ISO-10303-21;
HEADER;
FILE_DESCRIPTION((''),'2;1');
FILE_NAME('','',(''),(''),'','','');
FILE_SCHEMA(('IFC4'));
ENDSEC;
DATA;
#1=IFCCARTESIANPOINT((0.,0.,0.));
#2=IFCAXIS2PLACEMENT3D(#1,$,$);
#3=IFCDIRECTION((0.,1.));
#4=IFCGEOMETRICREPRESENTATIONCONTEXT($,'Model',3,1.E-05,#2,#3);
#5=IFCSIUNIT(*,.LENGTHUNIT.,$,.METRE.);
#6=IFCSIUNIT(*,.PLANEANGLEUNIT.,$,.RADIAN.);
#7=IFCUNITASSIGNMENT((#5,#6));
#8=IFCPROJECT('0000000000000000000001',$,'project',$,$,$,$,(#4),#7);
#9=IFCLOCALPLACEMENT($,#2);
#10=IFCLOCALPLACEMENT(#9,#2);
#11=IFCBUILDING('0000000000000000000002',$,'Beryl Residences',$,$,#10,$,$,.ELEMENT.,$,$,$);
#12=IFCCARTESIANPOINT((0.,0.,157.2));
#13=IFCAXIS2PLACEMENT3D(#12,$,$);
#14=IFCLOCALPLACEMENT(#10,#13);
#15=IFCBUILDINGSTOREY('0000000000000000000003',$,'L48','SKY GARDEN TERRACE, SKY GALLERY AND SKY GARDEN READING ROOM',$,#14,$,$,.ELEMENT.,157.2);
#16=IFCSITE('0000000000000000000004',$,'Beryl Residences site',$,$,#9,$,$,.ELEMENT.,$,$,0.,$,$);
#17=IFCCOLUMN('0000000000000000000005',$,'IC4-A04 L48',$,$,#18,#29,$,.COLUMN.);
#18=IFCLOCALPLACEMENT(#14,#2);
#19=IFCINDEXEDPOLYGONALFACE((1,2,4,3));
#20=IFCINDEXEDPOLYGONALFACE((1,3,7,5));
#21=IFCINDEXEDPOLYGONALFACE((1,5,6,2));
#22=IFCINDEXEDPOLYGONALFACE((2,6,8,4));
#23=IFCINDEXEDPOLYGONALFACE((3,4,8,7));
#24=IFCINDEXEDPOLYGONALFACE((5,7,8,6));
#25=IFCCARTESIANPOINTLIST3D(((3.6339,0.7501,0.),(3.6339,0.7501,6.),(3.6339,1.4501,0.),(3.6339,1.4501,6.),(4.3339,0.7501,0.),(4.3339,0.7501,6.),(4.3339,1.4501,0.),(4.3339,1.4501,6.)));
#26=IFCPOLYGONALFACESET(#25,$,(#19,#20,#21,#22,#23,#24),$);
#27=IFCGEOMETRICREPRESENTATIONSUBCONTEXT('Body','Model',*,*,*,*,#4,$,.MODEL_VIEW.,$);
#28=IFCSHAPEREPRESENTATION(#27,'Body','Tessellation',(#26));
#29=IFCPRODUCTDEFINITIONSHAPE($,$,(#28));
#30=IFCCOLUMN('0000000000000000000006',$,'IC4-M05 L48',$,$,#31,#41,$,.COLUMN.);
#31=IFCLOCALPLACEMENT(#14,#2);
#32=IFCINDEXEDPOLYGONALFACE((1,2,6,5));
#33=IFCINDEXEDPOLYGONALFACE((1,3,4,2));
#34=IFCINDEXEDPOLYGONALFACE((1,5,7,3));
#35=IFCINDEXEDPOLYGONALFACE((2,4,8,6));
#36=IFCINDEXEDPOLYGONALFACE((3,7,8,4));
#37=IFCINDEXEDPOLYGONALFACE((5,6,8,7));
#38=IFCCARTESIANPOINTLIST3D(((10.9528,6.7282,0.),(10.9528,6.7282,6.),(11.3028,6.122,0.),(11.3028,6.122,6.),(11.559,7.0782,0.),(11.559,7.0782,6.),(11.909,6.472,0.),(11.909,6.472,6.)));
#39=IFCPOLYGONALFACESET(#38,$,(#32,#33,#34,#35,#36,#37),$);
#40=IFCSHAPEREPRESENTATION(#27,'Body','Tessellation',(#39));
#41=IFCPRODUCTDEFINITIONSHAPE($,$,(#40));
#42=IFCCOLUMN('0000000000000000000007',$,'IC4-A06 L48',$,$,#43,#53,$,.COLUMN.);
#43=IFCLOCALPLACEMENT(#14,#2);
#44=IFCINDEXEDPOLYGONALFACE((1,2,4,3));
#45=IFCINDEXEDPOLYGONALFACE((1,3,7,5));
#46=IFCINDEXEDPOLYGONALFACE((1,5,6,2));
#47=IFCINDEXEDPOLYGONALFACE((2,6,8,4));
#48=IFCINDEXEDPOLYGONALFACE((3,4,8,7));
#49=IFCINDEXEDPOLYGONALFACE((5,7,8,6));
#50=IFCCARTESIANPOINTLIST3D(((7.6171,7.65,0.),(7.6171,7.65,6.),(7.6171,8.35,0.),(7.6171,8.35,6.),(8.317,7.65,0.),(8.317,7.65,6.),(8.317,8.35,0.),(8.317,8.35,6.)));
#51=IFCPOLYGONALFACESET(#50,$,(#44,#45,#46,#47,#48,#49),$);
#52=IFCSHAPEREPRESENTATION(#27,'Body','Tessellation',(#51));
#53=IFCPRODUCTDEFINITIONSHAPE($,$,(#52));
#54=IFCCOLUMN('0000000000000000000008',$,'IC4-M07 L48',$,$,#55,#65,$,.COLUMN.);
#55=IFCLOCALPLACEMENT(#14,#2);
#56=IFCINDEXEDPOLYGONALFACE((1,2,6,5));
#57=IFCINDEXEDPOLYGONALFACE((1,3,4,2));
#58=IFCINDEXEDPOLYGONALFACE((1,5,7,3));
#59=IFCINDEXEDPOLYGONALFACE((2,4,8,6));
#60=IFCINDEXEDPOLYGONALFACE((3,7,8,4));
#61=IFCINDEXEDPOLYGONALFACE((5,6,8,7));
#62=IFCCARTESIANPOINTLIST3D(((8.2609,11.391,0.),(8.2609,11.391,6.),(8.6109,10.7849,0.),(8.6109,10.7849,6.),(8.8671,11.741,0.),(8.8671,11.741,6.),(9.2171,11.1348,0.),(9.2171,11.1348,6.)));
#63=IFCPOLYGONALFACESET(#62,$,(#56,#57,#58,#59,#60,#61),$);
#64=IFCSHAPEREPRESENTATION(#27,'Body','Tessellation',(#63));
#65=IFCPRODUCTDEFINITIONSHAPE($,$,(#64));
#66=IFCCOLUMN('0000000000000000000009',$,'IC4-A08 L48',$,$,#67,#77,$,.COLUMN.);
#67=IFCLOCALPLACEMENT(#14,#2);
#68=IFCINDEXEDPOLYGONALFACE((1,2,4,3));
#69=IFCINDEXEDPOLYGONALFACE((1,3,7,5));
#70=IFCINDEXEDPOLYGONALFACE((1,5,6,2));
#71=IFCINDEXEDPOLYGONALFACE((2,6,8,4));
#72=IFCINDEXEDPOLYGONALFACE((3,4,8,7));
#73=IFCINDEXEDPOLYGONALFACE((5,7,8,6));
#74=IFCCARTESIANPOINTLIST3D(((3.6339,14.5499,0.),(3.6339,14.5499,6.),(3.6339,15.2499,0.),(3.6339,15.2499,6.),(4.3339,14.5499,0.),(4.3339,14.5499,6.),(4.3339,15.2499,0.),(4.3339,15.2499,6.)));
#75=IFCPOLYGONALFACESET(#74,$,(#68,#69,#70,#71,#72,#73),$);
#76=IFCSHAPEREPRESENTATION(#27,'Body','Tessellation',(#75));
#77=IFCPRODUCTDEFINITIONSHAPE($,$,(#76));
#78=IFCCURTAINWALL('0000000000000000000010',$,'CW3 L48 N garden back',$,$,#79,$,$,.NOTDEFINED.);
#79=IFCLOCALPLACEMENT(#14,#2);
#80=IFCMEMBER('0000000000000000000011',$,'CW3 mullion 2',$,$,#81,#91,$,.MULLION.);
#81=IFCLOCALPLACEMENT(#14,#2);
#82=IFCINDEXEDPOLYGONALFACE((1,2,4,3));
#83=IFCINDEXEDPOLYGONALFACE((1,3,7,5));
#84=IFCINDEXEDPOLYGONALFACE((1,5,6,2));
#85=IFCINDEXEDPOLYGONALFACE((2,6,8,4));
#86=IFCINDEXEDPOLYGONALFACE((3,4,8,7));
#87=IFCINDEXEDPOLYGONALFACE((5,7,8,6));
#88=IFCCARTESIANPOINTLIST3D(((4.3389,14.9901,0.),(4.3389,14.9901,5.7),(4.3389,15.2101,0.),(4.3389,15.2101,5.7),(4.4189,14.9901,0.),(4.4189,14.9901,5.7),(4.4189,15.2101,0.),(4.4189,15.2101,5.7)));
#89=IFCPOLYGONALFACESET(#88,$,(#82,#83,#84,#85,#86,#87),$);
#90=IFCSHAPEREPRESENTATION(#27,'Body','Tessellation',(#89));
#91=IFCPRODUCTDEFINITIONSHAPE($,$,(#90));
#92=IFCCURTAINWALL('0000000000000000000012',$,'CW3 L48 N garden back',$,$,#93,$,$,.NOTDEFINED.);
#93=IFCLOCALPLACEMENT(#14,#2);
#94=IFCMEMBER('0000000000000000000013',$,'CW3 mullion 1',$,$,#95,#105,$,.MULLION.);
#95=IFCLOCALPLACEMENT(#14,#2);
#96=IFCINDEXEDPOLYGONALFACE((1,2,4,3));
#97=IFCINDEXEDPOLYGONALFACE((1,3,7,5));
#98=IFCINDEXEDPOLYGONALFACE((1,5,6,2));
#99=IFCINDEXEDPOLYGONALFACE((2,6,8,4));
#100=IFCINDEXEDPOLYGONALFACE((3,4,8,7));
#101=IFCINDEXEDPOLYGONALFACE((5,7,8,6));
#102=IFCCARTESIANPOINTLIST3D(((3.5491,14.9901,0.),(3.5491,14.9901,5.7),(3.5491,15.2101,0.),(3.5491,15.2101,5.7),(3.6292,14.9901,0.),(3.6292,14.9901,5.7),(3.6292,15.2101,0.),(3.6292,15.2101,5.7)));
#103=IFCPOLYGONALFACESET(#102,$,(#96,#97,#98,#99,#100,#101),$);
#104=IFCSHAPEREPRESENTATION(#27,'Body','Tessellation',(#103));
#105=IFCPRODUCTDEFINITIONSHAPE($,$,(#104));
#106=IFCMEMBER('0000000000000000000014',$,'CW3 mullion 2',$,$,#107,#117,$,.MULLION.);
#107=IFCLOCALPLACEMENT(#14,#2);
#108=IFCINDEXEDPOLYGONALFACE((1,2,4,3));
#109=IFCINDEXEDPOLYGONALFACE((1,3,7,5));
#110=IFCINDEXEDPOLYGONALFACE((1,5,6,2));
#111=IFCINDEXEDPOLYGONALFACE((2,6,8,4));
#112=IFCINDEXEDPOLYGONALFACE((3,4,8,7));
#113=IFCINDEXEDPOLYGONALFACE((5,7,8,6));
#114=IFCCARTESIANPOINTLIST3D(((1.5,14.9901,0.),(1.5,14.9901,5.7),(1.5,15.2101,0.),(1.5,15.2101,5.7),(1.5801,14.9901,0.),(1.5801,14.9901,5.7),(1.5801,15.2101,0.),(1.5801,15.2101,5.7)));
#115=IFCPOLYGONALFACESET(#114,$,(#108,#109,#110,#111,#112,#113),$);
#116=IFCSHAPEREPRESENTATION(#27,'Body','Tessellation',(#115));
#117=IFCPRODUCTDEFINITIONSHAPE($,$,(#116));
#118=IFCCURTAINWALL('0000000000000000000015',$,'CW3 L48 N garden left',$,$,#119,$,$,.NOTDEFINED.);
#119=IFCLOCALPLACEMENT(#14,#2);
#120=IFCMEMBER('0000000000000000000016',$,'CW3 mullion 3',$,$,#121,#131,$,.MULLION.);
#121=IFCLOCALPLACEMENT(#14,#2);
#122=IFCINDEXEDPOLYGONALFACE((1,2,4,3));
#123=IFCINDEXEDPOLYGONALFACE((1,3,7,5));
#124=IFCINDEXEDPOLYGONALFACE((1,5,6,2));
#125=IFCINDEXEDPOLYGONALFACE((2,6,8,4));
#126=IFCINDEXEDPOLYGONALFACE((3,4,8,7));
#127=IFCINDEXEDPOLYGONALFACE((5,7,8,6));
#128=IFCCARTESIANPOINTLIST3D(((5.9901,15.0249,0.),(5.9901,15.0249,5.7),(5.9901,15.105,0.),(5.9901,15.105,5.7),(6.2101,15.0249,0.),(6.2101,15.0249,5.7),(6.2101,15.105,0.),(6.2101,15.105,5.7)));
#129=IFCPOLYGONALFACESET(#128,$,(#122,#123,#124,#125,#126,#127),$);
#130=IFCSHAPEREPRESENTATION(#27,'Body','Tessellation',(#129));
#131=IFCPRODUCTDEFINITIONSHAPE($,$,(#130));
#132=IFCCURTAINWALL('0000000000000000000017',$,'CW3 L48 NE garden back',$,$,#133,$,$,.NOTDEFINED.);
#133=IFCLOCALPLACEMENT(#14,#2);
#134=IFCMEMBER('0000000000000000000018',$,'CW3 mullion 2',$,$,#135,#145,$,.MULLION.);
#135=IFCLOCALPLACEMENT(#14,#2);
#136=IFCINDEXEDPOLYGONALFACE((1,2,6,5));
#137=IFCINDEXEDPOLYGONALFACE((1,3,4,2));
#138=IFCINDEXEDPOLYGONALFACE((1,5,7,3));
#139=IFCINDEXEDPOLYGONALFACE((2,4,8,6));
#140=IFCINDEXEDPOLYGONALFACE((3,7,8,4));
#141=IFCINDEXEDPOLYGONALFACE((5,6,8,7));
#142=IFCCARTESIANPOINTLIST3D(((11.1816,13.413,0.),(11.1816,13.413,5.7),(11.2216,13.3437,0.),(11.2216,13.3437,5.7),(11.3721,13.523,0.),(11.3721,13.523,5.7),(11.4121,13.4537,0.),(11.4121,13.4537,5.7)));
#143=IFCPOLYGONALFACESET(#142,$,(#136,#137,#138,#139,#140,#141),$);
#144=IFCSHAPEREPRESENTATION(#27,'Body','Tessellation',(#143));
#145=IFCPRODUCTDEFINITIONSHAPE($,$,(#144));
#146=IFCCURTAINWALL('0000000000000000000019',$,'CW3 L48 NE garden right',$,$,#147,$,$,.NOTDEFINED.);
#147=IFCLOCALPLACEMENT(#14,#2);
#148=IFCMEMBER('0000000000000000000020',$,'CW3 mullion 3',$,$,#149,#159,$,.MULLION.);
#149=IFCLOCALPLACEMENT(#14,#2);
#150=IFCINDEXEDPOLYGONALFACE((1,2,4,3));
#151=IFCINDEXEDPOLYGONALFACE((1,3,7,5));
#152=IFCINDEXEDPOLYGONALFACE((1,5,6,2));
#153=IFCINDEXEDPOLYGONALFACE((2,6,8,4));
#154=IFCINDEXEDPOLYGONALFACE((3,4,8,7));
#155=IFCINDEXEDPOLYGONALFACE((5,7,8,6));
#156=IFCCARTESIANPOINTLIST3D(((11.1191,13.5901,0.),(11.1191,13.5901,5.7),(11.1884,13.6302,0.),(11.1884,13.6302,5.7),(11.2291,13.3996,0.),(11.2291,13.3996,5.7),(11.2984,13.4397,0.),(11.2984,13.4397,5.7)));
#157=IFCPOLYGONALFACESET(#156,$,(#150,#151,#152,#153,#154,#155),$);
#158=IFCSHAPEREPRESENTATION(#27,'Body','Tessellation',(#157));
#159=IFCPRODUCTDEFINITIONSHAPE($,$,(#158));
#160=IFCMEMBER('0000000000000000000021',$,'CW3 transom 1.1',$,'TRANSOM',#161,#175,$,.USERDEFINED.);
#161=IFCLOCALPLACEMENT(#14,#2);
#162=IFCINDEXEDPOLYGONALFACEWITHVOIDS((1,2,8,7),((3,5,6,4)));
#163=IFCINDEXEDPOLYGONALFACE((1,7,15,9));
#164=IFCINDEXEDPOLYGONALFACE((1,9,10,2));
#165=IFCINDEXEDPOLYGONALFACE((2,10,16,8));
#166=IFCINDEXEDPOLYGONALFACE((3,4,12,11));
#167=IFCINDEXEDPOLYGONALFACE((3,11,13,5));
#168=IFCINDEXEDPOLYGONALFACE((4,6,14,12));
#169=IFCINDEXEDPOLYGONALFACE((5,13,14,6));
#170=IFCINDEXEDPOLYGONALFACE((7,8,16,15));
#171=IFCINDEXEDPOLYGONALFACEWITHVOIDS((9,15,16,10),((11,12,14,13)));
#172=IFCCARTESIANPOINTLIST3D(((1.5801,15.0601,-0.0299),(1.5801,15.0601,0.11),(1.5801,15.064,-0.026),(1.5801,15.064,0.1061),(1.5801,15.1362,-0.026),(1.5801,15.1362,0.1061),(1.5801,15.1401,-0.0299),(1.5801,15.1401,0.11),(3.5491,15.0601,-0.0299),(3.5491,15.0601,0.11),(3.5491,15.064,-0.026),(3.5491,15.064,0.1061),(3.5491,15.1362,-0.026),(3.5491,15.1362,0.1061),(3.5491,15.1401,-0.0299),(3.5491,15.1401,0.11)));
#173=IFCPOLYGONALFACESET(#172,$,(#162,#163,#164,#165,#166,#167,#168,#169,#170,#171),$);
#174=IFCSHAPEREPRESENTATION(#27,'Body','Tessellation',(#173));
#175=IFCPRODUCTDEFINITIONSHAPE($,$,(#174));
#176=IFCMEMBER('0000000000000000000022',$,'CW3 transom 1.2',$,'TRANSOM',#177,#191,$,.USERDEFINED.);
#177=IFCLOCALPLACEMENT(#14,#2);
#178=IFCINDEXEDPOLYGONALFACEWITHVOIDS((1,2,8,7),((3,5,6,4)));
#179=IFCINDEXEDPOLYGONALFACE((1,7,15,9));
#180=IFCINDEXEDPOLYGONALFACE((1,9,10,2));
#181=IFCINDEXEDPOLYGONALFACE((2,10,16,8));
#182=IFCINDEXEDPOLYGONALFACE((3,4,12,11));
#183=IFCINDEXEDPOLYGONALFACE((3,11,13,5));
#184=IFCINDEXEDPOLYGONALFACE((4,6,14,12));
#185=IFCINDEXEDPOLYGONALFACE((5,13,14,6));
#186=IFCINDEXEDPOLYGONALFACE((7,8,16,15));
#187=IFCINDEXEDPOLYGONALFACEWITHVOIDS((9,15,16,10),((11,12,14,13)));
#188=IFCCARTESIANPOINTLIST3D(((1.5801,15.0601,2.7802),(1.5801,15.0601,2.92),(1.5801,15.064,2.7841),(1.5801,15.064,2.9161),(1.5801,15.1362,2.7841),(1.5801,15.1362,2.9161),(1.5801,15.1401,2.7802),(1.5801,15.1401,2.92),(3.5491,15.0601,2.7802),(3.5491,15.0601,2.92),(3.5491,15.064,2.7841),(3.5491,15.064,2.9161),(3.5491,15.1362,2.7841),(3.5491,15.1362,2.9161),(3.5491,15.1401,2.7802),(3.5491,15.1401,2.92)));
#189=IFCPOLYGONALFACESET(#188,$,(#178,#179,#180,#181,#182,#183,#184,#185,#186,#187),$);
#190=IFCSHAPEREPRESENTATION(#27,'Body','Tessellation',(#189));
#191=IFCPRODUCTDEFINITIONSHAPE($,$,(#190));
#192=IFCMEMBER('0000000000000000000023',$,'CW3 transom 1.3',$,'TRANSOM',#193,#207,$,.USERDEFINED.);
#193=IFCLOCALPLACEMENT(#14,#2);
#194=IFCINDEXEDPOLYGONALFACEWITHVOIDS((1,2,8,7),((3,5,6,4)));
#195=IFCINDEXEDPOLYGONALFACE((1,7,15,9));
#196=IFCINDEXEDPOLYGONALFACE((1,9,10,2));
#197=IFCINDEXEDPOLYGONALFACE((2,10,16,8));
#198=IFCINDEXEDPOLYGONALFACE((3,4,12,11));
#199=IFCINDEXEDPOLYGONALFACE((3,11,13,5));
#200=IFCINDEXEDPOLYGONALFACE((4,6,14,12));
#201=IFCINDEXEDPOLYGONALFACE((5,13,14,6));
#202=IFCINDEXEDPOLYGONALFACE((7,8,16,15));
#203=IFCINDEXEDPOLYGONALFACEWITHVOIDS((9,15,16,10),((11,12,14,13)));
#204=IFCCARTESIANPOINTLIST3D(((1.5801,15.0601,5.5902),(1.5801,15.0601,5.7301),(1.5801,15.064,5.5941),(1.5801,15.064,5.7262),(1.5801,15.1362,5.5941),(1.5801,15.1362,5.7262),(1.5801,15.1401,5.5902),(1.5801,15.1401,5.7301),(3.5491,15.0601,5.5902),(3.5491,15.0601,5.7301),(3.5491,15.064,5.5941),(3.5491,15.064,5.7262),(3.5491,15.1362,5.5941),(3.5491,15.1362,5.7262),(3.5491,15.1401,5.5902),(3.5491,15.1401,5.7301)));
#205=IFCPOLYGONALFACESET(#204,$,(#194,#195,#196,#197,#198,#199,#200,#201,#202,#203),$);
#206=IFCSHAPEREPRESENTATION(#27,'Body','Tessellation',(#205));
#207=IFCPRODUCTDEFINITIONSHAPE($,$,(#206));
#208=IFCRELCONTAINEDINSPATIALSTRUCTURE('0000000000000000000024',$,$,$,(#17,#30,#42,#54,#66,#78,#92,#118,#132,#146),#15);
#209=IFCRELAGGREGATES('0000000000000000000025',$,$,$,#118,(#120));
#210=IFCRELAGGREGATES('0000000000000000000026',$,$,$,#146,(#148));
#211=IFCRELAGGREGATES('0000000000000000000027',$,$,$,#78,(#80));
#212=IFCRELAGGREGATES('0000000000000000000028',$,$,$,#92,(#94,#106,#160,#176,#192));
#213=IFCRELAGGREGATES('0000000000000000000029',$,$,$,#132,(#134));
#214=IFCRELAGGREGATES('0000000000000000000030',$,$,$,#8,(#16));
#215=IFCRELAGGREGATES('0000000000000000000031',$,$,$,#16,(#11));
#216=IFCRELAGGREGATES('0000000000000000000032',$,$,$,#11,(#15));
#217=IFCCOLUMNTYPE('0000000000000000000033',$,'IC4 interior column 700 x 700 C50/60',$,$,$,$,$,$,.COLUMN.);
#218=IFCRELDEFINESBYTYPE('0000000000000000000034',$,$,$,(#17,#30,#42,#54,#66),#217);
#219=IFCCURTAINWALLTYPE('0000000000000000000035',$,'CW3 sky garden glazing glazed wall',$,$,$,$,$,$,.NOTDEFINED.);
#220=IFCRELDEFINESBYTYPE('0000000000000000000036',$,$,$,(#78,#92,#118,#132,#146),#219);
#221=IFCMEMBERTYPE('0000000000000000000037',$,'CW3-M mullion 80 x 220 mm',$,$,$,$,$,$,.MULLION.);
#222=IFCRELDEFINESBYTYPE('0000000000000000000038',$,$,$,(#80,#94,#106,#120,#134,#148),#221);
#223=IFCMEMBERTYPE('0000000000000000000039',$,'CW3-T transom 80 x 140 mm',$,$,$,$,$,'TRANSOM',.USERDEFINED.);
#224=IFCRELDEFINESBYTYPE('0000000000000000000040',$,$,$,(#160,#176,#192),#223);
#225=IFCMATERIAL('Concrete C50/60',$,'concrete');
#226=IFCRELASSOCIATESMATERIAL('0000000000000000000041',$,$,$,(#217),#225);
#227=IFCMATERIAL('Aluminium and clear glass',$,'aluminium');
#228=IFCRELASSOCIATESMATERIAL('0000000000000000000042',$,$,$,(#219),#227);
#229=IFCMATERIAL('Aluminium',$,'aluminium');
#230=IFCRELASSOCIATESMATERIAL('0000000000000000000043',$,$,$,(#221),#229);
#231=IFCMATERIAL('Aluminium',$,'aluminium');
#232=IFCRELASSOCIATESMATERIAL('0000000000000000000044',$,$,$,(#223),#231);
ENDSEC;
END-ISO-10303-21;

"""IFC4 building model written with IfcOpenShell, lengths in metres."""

from ifc_helpers import new_model, si_unit, direction, frame, origin, origin_2d, place, context, subcontext, project, spatial, rectangle, hollow_rectangle, extrude, material, material_profile, profile_set, type_object, element, aggregate, save


model = new_model("IFC4")

# Units and contexts
model_context = context("Model", 3, precision=1e-05, world=origin(), true_north=direction((0.0, 1.0)))
body_context = subcontext(model_context, "Body", "Model", "MODEL_VIEW")
ifc_project = project(units=[si_unit("LENGTHUNIT", "METRE"), si_unit("PLANEANGLEUNIT", "RADIAN")], contexts=[model_context])

# Site, building, storey
site_placement = place(None, origin())
site = spatial("IfcSite", under=ifc_project, at=site_placement, Name="Beryl Residences site", CompositionType="ELEMENT", RefElevation=0.0)
building_placement = place(site_placement, origin())
building = spatial("IfcBuilding", under=site, at=building_placement, Name="Beryl Residences", CompositionType="ELEMENT")
storey_placement = place(building_placement, frame((0.0, 0.0, 157.2)))
storey = spatial("IfcBuildingStorey", under=building, at=storey_placement, Name="L48", Description="SKY GARDEN TERRACE, SKY GALLERY AND SKY GARDEN READING ROOM", CompositionType="ELEMENT", Elevation=157.2)

# Columns
ifc_material_1 = material(Name="Concrete C50/60", Category="concrete")
ifc_material_profile_1 = material_profile(ifc_material_1, rectangle(XDim=0.7, YDim=0.7, at=origin_2d()))
ifc_profile_set_1 = profile_set([ifc_material_profile_1], Name="Concrete C50/60")
column_type = type_object("IfcColumnType", Name="IC4 interior column 700 x 700 C50/60", PredefinedType="COLUMN", material=ifc_profile_set_1)
for number, where, z_axis, x_axis, name in (
    (1, (3.9839, 1.1001, 0.0), (0.0, 0.0, 1.0), (1.0, 0.0, 0.0), "IC4-A04 L48"),
    (2, (11.4309, 6.6001, 0.0), (0.0, 0.0, 1.0), (-0.5, 0.866025, 0.0), "IC4-M05 L48"),
    (3, (7.967, 8.0, 0.0), (0.0, 0.0, 1.0), (1.0, 0.0, 0.0), "IC4-A06 L48"),
    (4, (8.739, 11.2629, 0.0), (0.0, 0.0, 1.0), (-0.5, 0.866025, 0.0), "IC4-M07 L48"),
    (5, (3.9839, 14.8999, 0.0), (0.0, 0.0, 1.0), (1.0, 0.0, 0.0), "IC4-A08 L48"),
):
    element("IfcColumn", number, at=place(storey_placement, frame(where, z_axis=z_axis, x_axis=x_axis)), inside=storey, type_object=column_type, Name=name, PredefinedType="COLUMN", context=body_context, shape_type="SweptSolid", body=[
        extrude(rectangle(XDim=0.7, YDim=0.7, at=origin_2d()), origin(), (0.0, 0.0, 1.0), 6.0),
    ])

# Curtain wall, member
ifc_material_2 = material(Name="Aluminium and clear glass", Category="aluminium")
curtain_wall_type = type_object("IfcCurtainWallType", Name="CW3 sky garden glazing glazed wall", PredefinedType="NOTDEFINED", material=ifc_material_2)
curtain_wall_1_placement = place(storey_placement, origin())
curtain_wall_1 = element("IfcCurtainWall", 6, at=curtain_wall_1_placement, inside=storey, type_object=curtain_wall_type, Name="CW3 L48 N garden back", PredefinedType="NOTDEFINED")
ifc_material_3 = material(Name="Aluminium", Category="aluminium")
ifc_material_profile_2 = material_profile(ifc_material_3, rectangle(XDim=0.0801, YDim=0.22, at=origin_2d()))
ifc_profile_set_2 = profile_set([ifc_material_profile_2], Name="Aluminium")
member_type_1 = type_object("IfcMemberType", Name="CW3-M mullion 80 x 220 mm", PredefinedType="MULLION", material=ifc_profile_set_2)
member_1_placement = place(storey_placement, frame((4.3789, 15.1001, 0.0), z_axis=(0.0, 0.0, 1.0), x_axis=(-1.0, 0.0, 0.0)))
member_1 = element("IfcMember", 7, at=member_1_placement, type_object=member_type_1, Name="CW3 mullion 2", PredefinedType="MULLION", context=body_context, shape_type="SweptSolid", body=[
    extrude(rectangle(XDim=0.0801, YDim=0.22, at=origin_2d()), origin(), (0.0, 0.0, 1.0), 5.7),
])

# Curtain wall, members
curtain_wall_2_placement = place(storey_placement, origin())
curtain_wall_2 = element("IfcCurtainWall", 8, at=curtain_wall_2_placement, inside=storey, type_object=curtain_wall_type, Name="CW3 L48 N garden back", PredefinedType="NOTDEFINED")
member_2_placement = place(storey_placement, frame((3.5891, 15.1001, 0.0), z_axis=(0.0, 0.0, 1.0), x_axis=(-1.0, 0.0, 0.0)))
member_2 = element("IfcMember", 9, at=member_2_placement, type_object=member_type_1, Name="CW3 mullion 1", PredefinedType="MULLION", context=body_context, shape_type="SweptSolid", body=[
    extrude(rectangle(XDim=0.0801, YDim=0.22, at=origin_2d()), origin(), (0.0, 0.0, 1.0), 5.7),
])
member_3_placement = place(storey_placement, frame((1.54, 15.1001, 0.0), z_axis=(0.0, 0.0, 1.0), x_axis=(-1.0, 0.0, 0.0)))
member_3 = element("IfcMember", 10, at=member_3_placement, type_object=member_type_1, Name="CW3 mullion 2", PredefinedType="MULLION", context=body_context, shape_type="SweptSolid", body=[
    extrude(rectangle(XDim=0.0801, YDim=0.22, at=origin_2d()), origin(), (0.0, 0.0, 1.0), 5.7),
])

# Curtain walls, members
curtain_wall_3_placement = place(storey_placement, origin())
curtain_wall_3 = element("IfcCurtainWall", 11, at=curtain_wall_3_placement, inside=storey, type_object=curtain_wall_type, Name="CW3 L48 N garden left", PredefinedType="NOTDEFINED")
member_4_placement = place(storey_placement, frame((6.1001, 15.0649, 0.0), z_axis=(0.0, 0.0, 1.0), x_axis=(0.0, -1.0, 0.0)))
member_4 = element("IfcMember", 12, at=member_4_placement, type_object=member_type_1, Name="CW3 mullion 3", PredefinedType="MULLION", context=body_context, shape_type="SweptSolid", body=[
    extrude(rectangle(XDim=0.0801, YDim=0.22, at=origin_2d()), origin(), (0.0, 0.0, 1.0), 5.7),
])
aggregate(curtain_wall_3, [member_4])
curtain_wall_4_placement = place(storey_placement, origin())
curtain_wall_4 = element("IfcCurtainWall", 13, at=curtain_wall_4_placement, inside=storey, type_object=curtain_wall_type, Name="CW3 L48 NE garden back", PredefinedType="NOTDEFINED")
member_5_placement = place(storey_placement, frame((11.2969, 13.4333, 0.0), z_axis=(0.0, 0.0, 1.0), x_axis=(-0.499895, 0.866086, 0.0)))
member_5 = element("IfcMember", 14, at=member_5_placement, type_object=member_type_1, Name="CW3 mullion 2", PredefinedType="MULLION", context=body_context, shape_type="SweptSolid", body=[
    extrude(rectangle(XDim=0.0801, YDim=0.22, at=origin_2d()), origin(), (0.0, 0.0, 1.0), 5.7),
])
curtain_wall_5_placement = place(storey_placement, origin())
curtain_wall_5 = element("IfcCurtainWall", 15, at=curtain_wall_5_placement, inside=storey, type_object=curtain_wall_type, Name="CW3 L48 NE garden right", PredefinedType="NOTDEFINED")
member_6_placement = place(storey_placement, frame((11.2087, 13.5149, 0.0), z_axis=(0.0, 0.0, 1.0), x_axis=(-0.866005, -0.500036, 0.0)))
member_6 = element("IfcMember", 16, at=member_6_placement, type_object=member_type_1, Name="CW3 mullion 3", PredefinedType="MULLION", context=body_context, shape_type="SweptSolid", body=[
    extrude(rectangle(XDim=0.0801, YDim=0.22, at=origin_2d()), origin(), (0.0, 0.0, 1.0), 5.7),
])
aggregate(curtain_wall_5, [member_6])

# Members
ifc_material_4 = material(Name="Aluminium", Category="aluminium")
ifc_material_profile_3 = material_profile(ifc_material_4, hollow_rectangle(XDim=0.0801, YDim=0.1399, WallThickness=0.0039, at=origin_2d()))
ifc_profile_set_3 = profile_set([ifc_material_profile_3], Name="Aluminium")
member_type_2 = type_object("IfcMemberType", Name="CW3-T transom 80 x 140 mm", ElementType="TRANSOM", PredefinedType="USERDEFINED", material=ifc_profile_set_3)
member_7_placement = place(storey_placement, frame((3.5491, 15.1001, 0.04), z_axis=(-1.0, 0.0, 0.0), x_axis=(0.0, -1.0, 0.0)))
member_7 = element("IfcMember", 17, at=member_7_placement, type_object=member_type_2, Name="CW3 transom 1.1", ObjectType="TRANSOM", PredefinedType="USERDEFINED", context=body_context, shape_type="SweptSolid", body=[
    extrude(hollow_rectangle(XDim=0.0801, YDim=0.1399, WallThickness=0.0039, at=origin_2d()), origin(), (0.0, 0.0, 1.0), 1.969),
])
member_8_placement = place(storey_placement, frame((3.5491, 15.1001, 2.8501), z_axis=(-1.0, 0.0, 0.0), x_axis=(0.0, -1.0, 0.0)))
member_8 = element("IfcMember", 18, at=member_8_placement, type_object=member_type_2, Name="CW3 transom 1.2", ObjectType="TRANSOM", PredefinedType="USERDEFINED", context=body_context, shape_type="SweptSolid", body=[
    extrude(hollow_rectangle(XDim=0.0801, YDim=0.1399, WallThickness=0.0039, at=origin_2d()), origin(), (0.0, 0.0, 1.0), 1.969),
])
member_9_placement = place(storey_placement, frame((3.5491, 15.1001, 5.6602), z_axis=(-1.0, 0.0, 0.0), x_axis=(0.0, -1.0, 0.0)))
member_9 = element("IfcMember", 19, at=member_9_placement, type_object=member_type_2, Name="CW3 transom 1.3", ObjectType="TRANSOM", PredefinedType="USERDEFINED", context=body_context, shape_type="SweptSolid", body=[
    extrude(hollow_rectangle(XDim=0.0801, YDim=0.1399, WallThickness=0.0039, at=origin_2d()), origin(), (0.0, 0.0, 1.0), 1.969),
])

aggregate(curtain_wall_1, [member_1])
aggregate(curtain_wall_2, [member_2, member_3, member_7, member_8, member_9])
aggregate(curtain_wall_4, [member_5])

save(model, "model.ifc")
